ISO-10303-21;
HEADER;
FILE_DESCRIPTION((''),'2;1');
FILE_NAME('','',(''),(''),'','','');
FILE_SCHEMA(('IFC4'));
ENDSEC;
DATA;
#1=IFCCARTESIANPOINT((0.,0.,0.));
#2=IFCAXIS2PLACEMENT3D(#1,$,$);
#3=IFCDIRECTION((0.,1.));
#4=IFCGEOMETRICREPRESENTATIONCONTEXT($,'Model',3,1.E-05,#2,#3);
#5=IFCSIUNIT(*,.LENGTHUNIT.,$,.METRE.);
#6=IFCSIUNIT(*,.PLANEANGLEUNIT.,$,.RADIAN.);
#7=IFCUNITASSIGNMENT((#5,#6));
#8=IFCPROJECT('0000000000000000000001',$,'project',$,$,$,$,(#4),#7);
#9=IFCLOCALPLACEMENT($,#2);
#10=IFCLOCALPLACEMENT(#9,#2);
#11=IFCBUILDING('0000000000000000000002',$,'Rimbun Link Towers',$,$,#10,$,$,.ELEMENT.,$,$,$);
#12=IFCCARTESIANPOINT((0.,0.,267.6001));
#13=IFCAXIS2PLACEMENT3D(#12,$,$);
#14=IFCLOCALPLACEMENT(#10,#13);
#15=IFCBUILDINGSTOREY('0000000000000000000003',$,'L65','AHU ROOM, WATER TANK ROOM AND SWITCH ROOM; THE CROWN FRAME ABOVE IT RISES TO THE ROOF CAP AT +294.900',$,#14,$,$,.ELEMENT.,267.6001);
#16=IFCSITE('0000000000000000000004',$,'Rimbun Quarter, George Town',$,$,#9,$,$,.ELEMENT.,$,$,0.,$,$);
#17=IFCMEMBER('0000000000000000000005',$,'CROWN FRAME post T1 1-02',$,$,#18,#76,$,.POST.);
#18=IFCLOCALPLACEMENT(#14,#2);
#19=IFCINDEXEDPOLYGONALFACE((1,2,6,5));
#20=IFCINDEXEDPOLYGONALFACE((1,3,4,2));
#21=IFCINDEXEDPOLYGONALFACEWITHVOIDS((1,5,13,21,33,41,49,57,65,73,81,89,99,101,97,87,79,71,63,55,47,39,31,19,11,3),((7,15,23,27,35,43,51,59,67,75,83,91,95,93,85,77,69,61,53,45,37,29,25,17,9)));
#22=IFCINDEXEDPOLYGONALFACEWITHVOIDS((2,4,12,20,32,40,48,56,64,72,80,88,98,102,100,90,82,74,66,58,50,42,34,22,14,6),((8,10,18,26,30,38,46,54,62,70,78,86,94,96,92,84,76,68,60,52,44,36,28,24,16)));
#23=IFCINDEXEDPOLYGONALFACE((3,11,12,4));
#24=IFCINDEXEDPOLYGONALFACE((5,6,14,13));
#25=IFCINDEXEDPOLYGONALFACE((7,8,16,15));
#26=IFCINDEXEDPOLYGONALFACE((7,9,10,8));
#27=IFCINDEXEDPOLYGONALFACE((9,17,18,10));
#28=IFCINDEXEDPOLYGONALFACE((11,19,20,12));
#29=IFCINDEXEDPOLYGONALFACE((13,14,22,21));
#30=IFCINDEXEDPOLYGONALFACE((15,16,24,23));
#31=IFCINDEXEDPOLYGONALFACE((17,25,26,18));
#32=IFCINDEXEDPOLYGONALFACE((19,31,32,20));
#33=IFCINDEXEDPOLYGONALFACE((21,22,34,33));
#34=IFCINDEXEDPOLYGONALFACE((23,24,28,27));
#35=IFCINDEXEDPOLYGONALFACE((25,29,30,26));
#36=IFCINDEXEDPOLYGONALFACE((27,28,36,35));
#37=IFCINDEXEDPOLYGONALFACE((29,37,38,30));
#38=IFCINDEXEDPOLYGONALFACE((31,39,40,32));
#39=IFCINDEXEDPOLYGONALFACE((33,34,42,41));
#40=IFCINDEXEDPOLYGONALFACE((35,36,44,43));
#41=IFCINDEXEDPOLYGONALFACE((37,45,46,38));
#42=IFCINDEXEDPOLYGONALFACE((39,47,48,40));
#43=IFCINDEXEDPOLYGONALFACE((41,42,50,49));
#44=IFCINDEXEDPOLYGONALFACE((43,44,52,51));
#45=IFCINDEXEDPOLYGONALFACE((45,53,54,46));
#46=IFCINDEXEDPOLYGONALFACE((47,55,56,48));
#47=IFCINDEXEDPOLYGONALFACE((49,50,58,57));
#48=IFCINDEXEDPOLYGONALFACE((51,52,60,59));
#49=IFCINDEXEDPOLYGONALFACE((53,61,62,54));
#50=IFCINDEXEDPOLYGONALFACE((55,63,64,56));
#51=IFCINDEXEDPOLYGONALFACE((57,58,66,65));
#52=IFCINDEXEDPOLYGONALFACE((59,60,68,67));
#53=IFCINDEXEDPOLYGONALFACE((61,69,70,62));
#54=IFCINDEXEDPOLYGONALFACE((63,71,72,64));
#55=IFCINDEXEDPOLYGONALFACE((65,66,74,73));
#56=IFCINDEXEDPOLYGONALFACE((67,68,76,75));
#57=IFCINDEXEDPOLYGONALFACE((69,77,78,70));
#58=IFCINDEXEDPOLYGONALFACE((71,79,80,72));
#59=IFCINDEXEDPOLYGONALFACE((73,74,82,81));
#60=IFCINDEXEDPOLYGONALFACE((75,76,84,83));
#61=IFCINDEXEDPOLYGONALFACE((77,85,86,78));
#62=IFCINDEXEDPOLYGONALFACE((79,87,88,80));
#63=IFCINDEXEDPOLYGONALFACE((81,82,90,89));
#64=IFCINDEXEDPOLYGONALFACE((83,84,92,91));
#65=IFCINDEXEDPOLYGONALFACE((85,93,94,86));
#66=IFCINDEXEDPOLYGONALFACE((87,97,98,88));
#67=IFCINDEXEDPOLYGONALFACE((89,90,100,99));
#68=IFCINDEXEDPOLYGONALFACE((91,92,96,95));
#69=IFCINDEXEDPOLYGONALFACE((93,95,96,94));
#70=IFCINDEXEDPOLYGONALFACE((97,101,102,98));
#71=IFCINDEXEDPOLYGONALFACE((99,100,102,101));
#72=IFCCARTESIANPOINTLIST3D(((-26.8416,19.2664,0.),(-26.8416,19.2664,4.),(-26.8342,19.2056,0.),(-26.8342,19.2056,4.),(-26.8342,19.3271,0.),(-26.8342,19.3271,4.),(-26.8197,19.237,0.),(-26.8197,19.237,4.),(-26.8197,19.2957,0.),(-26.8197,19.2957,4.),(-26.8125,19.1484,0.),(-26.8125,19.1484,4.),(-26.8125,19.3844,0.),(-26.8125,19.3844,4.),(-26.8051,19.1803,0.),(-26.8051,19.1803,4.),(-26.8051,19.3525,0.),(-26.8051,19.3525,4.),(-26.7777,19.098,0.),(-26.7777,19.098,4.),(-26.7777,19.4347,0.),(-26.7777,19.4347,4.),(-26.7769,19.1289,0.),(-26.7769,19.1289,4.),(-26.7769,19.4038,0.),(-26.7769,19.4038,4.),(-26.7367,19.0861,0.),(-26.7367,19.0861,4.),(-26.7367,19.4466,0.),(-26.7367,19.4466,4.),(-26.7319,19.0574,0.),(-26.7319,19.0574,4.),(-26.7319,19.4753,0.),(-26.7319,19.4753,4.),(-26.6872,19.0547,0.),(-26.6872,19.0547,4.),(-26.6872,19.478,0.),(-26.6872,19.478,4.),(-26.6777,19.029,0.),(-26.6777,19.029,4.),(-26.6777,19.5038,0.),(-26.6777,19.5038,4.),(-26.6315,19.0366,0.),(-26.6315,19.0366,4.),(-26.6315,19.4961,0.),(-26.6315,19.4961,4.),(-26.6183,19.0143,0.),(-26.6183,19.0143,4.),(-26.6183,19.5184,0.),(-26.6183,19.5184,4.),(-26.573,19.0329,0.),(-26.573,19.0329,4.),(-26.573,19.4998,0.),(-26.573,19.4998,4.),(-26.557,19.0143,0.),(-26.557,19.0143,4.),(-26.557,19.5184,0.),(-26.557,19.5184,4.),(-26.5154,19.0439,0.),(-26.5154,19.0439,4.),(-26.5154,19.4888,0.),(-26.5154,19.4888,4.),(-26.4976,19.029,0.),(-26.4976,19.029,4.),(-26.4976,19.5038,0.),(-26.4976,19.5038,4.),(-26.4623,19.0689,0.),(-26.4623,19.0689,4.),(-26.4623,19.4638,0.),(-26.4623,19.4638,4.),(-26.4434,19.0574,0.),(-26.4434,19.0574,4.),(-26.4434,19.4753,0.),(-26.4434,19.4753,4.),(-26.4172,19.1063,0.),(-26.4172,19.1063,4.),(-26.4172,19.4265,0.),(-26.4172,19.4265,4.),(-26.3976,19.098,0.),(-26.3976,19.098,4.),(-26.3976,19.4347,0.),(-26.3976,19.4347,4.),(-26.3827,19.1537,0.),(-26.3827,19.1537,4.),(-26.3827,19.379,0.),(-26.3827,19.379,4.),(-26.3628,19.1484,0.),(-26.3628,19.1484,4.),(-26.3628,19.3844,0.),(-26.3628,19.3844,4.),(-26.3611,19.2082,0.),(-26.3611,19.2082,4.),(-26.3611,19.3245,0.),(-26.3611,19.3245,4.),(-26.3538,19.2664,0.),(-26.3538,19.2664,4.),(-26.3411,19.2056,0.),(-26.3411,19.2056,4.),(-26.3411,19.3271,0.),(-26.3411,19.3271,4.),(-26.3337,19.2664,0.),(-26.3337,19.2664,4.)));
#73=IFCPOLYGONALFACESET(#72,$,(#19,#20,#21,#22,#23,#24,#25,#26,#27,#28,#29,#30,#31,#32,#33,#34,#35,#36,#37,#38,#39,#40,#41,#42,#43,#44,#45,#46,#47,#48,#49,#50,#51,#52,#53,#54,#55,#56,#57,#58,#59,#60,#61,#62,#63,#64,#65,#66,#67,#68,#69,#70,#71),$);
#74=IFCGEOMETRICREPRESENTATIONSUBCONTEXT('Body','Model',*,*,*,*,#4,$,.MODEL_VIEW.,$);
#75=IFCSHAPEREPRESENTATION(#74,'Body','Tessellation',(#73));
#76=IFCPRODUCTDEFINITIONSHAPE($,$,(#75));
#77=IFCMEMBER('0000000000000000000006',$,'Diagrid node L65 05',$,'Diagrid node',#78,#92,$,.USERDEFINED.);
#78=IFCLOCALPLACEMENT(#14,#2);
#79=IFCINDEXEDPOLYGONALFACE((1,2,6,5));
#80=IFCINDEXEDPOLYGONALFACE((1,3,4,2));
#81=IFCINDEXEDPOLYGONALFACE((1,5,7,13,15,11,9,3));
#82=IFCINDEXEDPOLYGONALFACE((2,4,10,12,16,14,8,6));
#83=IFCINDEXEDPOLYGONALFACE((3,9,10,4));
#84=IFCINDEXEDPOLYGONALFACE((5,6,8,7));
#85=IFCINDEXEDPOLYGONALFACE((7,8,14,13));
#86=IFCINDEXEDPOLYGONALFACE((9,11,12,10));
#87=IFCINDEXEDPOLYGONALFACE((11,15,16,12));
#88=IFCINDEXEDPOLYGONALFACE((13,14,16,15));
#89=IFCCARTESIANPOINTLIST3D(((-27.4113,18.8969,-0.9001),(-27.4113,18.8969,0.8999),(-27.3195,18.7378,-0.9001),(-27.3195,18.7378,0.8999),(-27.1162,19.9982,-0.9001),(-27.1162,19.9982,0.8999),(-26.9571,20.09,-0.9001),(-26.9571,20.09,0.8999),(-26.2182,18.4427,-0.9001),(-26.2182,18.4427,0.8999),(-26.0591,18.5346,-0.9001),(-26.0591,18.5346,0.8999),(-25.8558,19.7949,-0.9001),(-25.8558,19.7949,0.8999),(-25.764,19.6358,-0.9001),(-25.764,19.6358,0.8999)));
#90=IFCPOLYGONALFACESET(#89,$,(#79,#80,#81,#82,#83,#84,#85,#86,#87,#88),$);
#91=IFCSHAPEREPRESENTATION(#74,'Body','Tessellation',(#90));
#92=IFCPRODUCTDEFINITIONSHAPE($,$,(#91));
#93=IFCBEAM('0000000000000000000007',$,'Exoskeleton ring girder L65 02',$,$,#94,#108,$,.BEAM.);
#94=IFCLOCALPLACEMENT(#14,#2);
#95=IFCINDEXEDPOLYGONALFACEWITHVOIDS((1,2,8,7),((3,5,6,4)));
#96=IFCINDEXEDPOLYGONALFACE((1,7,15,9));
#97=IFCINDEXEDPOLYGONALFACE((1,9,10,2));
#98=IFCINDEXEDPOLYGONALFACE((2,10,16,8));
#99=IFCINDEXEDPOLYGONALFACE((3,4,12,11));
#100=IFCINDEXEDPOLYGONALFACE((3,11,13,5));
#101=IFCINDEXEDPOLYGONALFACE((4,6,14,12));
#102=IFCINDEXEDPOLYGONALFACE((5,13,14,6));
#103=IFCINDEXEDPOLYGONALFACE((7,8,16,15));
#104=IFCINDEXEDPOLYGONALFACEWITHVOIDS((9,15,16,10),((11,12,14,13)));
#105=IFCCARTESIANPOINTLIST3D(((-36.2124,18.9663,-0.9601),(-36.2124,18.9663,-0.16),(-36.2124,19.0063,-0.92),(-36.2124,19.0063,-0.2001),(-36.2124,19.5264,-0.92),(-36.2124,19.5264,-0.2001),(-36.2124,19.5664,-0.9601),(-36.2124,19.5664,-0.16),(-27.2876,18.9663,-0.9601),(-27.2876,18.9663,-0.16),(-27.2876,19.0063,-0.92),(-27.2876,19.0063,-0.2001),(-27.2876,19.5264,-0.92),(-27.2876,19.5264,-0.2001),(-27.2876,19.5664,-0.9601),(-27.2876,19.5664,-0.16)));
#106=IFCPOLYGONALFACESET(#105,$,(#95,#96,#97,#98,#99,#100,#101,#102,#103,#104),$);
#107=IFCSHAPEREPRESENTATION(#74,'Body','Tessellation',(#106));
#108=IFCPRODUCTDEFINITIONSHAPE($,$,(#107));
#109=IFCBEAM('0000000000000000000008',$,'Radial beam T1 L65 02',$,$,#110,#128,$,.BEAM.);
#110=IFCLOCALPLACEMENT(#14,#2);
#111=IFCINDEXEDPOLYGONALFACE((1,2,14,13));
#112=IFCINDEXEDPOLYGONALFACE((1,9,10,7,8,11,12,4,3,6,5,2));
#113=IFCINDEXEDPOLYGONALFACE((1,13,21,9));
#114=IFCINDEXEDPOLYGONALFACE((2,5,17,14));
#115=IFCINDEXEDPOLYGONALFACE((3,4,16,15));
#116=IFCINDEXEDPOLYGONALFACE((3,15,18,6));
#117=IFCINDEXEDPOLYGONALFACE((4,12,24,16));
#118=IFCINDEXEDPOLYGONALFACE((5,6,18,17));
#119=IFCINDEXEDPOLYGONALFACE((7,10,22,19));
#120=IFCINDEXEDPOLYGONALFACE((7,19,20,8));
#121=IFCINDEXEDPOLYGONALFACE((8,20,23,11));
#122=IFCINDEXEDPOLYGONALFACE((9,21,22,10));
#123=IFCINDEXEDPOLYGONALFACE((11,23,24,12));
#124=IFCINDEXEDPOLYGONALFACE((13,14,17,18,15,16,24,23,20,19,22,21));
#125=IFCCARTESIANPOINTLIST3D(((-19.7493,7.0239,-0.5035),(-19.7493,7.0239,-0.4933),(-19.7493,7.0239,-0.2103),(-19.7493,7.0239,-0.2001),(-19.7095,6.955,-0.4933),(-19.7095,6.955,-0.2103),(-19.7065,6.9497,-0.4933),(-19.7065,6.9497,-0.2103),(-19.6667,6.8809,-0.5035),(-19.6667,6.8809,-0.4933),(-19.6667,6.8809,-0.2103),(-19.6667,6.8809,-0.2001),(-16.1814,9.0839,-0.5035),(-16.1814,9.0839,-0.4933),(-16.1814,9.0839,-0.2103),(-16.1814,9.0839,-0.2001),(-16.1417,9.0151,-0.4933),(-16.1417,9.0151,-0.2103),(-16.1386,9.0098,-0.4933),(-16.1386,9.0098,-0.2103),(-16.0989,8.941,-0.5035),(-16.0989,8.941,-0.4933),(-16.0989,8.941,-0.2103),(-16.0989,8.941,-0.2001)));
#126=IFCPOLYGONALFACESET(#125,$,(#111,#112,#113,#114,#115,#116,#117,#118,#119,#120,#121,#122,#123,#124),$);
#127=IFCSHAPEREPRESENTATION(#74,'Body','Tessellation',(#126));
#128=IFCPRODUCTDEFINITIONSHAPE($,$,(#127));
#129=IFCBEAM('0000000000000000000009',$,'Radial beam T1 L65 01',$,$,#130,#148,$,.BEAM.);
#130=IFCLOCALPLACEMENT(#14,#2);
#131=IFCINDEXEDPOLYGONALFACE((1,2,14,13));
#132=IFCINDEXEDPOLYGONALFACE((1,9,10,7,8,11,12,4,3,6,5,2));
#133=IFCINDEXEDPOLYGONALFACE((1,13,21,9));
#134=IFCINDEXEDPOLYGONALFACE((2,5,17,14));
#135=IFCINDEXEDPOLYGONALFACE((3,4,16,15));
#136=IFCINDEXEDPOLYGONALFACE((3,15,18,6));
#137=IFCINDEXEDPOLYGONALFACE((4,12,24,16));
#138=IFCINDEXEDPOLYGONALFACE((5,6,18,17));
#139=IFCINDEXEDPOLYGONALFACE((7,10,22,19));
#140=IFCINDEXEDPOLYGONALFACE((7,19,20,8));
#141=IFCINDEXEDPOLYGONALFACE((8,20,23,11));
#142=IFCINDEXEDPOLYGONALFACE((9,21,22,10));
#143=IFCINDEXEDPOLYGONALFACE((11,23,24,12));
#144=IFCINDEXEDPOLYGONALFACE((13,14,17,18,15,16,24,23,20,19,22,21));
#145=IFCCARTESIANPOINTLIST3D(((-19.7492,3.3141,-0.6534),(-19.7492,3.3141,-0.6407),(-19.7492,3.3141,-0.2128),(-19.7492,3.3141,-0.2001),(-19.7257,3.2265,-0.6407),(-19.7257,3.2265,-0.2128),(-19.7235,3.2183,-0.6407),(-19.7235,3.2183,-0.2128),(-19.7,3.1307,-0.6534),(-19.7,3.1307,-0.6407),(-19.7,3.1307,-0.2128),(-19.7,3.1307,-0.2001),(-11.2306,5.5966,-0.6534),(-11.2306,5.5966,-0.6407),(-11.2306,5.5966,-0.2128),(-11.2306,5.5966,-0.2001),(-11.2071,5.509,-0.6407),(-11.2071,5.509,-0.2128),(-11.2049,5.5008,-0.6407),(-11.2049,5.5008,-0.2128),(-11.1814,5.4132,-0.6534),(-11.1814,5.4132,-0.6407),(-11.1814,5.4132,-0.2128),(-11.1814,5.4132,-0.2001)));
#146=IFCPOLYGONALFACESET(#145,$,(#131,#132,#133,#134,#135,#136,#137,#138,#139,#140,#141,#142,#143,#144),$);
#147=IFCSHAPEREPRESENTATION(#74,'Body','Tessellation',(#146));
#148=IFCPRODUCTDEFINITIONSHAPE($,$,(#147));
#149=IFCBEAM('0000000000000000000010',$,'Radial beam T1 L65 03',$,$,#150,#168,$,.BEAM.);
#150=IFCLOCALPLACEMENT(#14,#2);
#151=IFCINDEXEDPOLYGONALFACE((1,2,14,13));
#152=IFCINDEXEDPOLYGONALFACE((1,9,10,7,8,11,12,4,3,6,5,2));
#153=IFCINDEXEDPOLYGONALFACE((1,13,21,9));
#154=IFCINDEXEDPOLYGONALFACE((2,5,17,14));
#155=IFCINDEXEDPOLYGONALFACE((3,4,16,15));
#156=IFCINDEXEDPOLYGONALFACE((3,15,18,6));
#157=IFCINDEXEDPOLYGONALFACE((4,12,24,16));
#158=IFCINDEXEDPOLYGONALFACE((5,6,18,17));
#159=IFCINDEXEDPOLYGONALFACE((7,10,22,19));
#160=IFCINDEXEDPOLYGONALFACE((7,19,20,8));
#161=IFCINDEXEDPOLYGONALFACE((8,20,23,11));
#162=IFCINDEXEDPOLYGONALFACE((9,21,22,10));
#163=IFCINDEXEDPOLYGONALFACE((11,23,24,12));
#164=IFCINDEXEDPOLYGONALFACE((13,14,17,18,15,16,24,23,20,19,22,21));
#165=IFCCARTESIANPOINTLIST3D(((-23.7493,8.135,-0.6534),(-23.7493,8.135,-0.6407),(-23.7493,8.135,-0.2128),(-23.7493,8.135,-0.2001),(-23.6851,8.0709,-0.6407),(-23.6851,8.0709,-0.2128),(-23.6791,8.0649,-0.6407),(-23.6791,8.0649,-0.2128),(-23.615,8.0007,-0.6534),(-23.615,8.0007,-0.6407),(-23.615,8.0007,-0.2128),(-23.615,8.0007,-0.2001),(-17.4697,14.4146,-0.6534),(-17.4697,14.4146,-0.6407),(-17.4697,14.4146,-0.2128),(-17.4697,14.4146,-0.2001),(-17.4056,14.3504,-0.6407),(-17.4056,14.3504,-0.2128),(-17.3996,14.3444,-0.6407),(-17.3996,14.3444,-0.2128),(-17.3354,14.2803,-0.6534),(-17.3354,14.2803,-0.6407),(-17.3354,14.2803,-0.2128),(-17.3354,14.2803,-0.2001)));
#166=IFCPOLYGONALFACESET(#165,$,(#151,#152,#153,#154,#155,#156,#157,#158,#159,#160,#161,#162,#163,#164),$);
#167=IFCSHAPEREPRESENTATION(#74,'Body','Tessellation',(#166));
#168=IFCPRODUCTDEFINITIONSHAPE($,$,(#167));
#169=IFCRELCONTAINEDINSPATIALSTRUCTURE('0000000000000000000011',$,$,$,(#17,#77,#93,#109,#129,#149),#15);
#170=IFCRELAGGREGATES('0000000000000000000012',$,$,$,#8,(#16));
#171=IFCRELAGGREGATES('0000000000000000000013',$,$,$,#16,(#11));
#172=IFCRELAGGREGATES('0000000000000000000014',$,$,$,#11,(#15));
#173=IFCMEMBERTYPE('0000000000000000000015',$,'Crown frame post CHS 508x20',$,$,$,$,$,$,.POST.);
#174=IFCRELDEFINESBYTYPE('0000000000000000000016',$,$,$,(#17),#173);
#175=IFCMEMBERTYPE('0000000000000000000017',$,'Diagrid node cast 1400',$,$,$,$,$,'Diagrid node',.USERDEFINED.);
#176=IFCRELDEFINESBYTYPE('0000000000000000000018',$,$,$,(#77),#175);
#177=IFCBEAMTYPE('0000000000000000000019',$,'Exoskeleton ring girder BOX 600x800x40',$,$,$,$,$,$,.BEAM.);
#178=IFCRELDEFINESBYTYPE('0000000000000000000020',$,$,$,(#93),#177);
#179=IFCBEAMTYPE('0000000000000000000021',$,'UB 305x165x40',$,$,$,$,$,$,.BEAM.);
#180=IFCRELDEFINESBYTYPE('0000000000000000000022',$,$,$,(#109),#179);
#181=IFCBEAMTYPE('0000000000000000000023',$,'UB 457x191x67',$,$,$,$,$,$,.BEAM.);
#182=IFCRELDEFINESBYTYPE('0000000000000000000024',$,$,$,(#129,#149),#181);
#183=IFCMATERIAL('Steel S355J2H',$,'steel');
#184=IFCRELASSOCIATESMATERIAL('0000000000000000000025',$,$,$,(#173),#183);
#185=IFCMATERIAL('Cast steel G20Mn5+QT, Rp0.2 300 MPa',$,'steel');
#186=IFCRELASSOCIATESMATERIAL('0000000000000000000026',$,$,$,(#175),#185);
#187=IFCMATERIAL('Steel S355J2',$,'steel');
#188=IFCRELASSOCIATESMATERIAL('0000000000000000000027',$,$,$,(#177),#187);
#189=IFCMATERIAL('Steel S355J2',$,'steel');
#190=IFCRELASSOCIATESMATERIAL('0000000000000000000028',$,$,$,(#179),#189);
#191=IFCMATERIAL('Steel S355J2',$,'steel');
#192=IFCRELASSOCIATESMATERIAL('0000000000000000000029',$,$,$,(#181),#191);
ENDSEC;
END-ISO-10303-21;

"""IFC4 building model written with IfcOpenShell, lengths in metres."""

from ifc_helpers import new_model, si_unit, direction, frame, origin, origin_2d, place, context, subcontext, project, spatial, polyline, hollow_rectangle, hollow_circle, i_section, outline, extrude, material, material_profile, profile_set, type_object, element, save


model = new_model("IFC4")

# Units and contexts
model_context = context("Model", 3, precision=1e-05, world=origin(), true_north=direction((0.0, 1.0)))
body_context = subcontext(model_context, "Body", "Model", "MODEL_VIEW")
ifc_project = project(units=[si_unit("LENGTHUNIT", "METRE"), si_unit("PLANEANGLEUNIT", "RADIAN")], contexts=[model_context])

# Site, building, storey
site_placement = place(None, origin())
site = spatial("IfcSite", under=ifc_project, at=site_placement, Name="Rimbun Quarter, George Town", CompositionType="ELEMENT", RefElevation=0.0)
building_placement = place(site_placement, origin())
building = spatial("IfcBuilding", under=site, at=building_placement, Name="Rimbun Link Towers", CompositionType="ELEMENT")
storey_placement = place(building_placement, frame((0.0, 0.0, 267.6001)))
storey = spatial("IfcBuildingStorey", under=building, at=storey_placement, Name="L65", Description="AHU ROOM, WATER TANK ROOM AND SWITCH ROOM; THE CROWN FRAME ABOVE IT RISES TO THE ROOF CAP AT +294.900", CompositionType="ELEMENT", Elevation=267.6001)

# Members
ifc_material_1 = material(Name="Steel S355J2H", Category="steel")
ifc_material_profile_1 = material_profile(ifc_material_1, hollow_circle(Radius=0.2539, WallThickness=0.02, at=origin_2d()), Name="Crown frame post CHS 508x20")
ifc_profile_set_1 = profile_set([ifc_material_profile_1], Name="Steel S355J2H")
member_type_1 = type_object("IfcMemberType", Name="Crown frame post CHS 508x20", PredefinedType="POST", material=ifc_profile_set_1)
member_1_placement = place(storey_placement, frame((-26.5876, 19.2664, 0.0), z_axis=(0.0, 0.0, 1.0), x_axis=(1.0, 0.0, 0.0)))
element("IfcMember", 1, at=member_1_placement, inside=storey, type_object=member_type_1, Name="CROWN FRAME post T1 1-02", PredefinedType="POST", context=body_context, shape_type="SweptSolid", body=[
    extrude(hollow_circle(Radius=0.2539, WallThickness=0.02, at=origin_2d()), origin(), (0.0, 0.0, 1.0), 4.0),
])
ifc_material_2 = material(Name="Cast steel G20Mn5+QT, Rp0.2 300 MPa", Category="steel")
ifc_material_profile_2 = material_profile(ifc_material_2, outline(polyline([(0.7, -0.5701), (0.7, 0.5701), (0.5701, 0.7), (-0.5701, 0.7), (-0.7, 0.5701), (-0.7, -0.5701), (-0.5701, -0.7), (0.5701, -0.7), (0.7, -0.5701)])), Name="NODE 1400x1400")
ifc_profile_set_2 = profile_set([ifc_material_profile_2], Name="Cast steel G20Mn5+QT, Rp0.2 300 MPa")
member_type_2 = type_object("IfcMemberType", Name="Diagrid node cast 1400", ElementType="Diagrid node", PredefinedType="USERDEFINED", material=ifc_profile_set_2)
member_2_placement = place(storey_placement, frame((-26.5876, 19.2664, -0.9001), z_axis=(0.0, 0.0, 1.0), x_axis=(0.258819, 0.965926, 0.0)))
element("IfcMember", 2, at=member_2_placement, inside=storey, type_object=member_type_2, Name="Diagrid node L65 05", ObjectType="Diagrid node", PredefinedType="USERDEFINED", context=body_context, shape_type="SweptSolid", body=[
    extrude(outline(polyline([(0.7, -0.5701), (0.7, 0.5701), (0.5701, 0.7), (-0.5701, 0.7), (-0.7, 0.5701), (-0.7, -0.5701), (-0.5701, -0.7), (0.5701, -0.7), (0.7, -0.5701)])), origin(), (0.0, 0.0, 1.0), 1.8),
])

# Beams
ifc_material_3 = material(Name="Steel S355J2", Category="steel")
ifc_material_profile_3 = material_profile(ifc_material_3, hollow_rectangle(XDim=0.6001, YDim=0.8, WallThickness=0.04, at=origin_2d()), Name="Exoskeleton ring girder BOX 600x800x40")
ifc_profile_set_3 = profile_set([ifc_material_profile_3], Name="Steel S355J2")
beam_type_1 = type_object("IfcBeamType", Name="Exoskeleton ring girder BOX 600x800x40", PredefinedType="BEAM", material=ifc_profile_set_3)
beam_1_placement = place(storey_placement, frame((-27.2876, 19.2664, -0.5601), z_axis=(-1.0, 0.0, 0.0), x_axis=(0.0, -1.0, 0.0)))
element("IfcBeam", 3, at=beam_1_placement, inside=storey, type_object=beam_type_1, Name="Exoskeleton ring girder L65 02", PredefinedType="BEAM", context=body_context, shape_type="SweptSolid", body=[
    extrude(hollow_rectangle(XDim=0.6001, YDim=0.8, WallThickness=0.04, at=origin_2d()), origin(), (0.0, 0.0, 1.0), 8.9248),
])
ifc_material_4 = material(Name="Steel S355J2", Category="steel")
ifc_material_profile_4 = material_profile(ifc_material_4, i_section(OverallWidth=0.165, OverallDepth=0.3035, WebThickness=0.0061, FlangeThickness=0.0103, at=origin_2d()), Name="UB 305x165x40")
ifc_profile_set_4 = profile_set([ifc_material_profile_4], Name="Steel S355J2")
beam_type_2 = type_object("IfcBeamType", Name="UB 305x165x40", PredefinedType="BEAM", material=ifc_profile_set_4)
beam_2_placement = place(storey_placement, frame((-19.708, 6.9524, -0.3518), z_axis=(0.86601, 0.500027, 0.0), x_axis=(-0.500027, 0.86601, 0.0)))
element("IfcBeam", 4, at=beam_2_placement, inside=storey, type_object=beam_type_2, Name="Radial beam T1 L65 02", PredefinedType="BEAM", context=body_context, shape_type="SweptSolid", body=[
    extrude(i_section(OverallWidth=0.165, OverallDepth=0.3035, WebThickness=0.0061, FlangeThickness=0.0103, at=origin_2d()), origin(), (0.0, 0.0, 1.0), 4.1199),
])
ifc_material_5 = material(Name="Steel S355J2", Category="steel")
ifc_material_profile_5 = material_profile(ifc_material_5, i_section(OverallWidth=0.1899, OverallDepth=0.4534, WebThickness=0.0085, FlangeThickness=0.0127, at=origin_2d()), Name="UB 457x191x67")
ifc_profile_set_5 = profile_set([ifc_material_profile_5], Name="Steel S355J2")
beam_type_3 = type_object("IfcBeamType", Name="UB 457x191x67", PredefinedType="BEAM", material=ifc_profile_set_5)
beam_3_placement = place(storey_placement, frame((-19.7246, 3.2224, -0.4268), z_axis=(0.965928, 0.258812, 0.0), x_axis=(-0.258812, 0.965928, 0.0)))
element("IfcBeam", 5, at=beam_3_placement, inside=storey, type_object=beam_type_3, Name="Radial beam T1 L65 01", PredefinedType="BEAM", context=body_context, shape_type="SweptSolid", body=[
    extrude(i_section(OverallWidth=0.1899, OverallDepth=0.4534, WebThickness=0.0085, FlangeThickness=0.0127, at=origin_2d()), origin(), (0.0, 0.0, 1.0), 8.8191),
])
beam_4_placement = place(storey_placement, frame((-23.6821, 8.0679, -0.4268), z_axis=(0.707107, 0.707107, 0.0), x_axis=(-0.707107, 0.707107, 0.0)))
element("IfcBeam", 6, at=beam_4_placement, inside=storey, type_object=beam_type_3, Name="Radial beam T1 L65 03", PredefinedType="BEAM", context=body_context, shape_type="SweptSolid", body=[
    extrude(i_section(OverallWidth=0.1899, OverallDepth=0.4534, WebThickness=0.0085, FlangeThickness=0.0127, at=origin_2d()), origin(), (0.0, 0.0, 1.0), 8.8806),
])

save(model, "model.ifc")
